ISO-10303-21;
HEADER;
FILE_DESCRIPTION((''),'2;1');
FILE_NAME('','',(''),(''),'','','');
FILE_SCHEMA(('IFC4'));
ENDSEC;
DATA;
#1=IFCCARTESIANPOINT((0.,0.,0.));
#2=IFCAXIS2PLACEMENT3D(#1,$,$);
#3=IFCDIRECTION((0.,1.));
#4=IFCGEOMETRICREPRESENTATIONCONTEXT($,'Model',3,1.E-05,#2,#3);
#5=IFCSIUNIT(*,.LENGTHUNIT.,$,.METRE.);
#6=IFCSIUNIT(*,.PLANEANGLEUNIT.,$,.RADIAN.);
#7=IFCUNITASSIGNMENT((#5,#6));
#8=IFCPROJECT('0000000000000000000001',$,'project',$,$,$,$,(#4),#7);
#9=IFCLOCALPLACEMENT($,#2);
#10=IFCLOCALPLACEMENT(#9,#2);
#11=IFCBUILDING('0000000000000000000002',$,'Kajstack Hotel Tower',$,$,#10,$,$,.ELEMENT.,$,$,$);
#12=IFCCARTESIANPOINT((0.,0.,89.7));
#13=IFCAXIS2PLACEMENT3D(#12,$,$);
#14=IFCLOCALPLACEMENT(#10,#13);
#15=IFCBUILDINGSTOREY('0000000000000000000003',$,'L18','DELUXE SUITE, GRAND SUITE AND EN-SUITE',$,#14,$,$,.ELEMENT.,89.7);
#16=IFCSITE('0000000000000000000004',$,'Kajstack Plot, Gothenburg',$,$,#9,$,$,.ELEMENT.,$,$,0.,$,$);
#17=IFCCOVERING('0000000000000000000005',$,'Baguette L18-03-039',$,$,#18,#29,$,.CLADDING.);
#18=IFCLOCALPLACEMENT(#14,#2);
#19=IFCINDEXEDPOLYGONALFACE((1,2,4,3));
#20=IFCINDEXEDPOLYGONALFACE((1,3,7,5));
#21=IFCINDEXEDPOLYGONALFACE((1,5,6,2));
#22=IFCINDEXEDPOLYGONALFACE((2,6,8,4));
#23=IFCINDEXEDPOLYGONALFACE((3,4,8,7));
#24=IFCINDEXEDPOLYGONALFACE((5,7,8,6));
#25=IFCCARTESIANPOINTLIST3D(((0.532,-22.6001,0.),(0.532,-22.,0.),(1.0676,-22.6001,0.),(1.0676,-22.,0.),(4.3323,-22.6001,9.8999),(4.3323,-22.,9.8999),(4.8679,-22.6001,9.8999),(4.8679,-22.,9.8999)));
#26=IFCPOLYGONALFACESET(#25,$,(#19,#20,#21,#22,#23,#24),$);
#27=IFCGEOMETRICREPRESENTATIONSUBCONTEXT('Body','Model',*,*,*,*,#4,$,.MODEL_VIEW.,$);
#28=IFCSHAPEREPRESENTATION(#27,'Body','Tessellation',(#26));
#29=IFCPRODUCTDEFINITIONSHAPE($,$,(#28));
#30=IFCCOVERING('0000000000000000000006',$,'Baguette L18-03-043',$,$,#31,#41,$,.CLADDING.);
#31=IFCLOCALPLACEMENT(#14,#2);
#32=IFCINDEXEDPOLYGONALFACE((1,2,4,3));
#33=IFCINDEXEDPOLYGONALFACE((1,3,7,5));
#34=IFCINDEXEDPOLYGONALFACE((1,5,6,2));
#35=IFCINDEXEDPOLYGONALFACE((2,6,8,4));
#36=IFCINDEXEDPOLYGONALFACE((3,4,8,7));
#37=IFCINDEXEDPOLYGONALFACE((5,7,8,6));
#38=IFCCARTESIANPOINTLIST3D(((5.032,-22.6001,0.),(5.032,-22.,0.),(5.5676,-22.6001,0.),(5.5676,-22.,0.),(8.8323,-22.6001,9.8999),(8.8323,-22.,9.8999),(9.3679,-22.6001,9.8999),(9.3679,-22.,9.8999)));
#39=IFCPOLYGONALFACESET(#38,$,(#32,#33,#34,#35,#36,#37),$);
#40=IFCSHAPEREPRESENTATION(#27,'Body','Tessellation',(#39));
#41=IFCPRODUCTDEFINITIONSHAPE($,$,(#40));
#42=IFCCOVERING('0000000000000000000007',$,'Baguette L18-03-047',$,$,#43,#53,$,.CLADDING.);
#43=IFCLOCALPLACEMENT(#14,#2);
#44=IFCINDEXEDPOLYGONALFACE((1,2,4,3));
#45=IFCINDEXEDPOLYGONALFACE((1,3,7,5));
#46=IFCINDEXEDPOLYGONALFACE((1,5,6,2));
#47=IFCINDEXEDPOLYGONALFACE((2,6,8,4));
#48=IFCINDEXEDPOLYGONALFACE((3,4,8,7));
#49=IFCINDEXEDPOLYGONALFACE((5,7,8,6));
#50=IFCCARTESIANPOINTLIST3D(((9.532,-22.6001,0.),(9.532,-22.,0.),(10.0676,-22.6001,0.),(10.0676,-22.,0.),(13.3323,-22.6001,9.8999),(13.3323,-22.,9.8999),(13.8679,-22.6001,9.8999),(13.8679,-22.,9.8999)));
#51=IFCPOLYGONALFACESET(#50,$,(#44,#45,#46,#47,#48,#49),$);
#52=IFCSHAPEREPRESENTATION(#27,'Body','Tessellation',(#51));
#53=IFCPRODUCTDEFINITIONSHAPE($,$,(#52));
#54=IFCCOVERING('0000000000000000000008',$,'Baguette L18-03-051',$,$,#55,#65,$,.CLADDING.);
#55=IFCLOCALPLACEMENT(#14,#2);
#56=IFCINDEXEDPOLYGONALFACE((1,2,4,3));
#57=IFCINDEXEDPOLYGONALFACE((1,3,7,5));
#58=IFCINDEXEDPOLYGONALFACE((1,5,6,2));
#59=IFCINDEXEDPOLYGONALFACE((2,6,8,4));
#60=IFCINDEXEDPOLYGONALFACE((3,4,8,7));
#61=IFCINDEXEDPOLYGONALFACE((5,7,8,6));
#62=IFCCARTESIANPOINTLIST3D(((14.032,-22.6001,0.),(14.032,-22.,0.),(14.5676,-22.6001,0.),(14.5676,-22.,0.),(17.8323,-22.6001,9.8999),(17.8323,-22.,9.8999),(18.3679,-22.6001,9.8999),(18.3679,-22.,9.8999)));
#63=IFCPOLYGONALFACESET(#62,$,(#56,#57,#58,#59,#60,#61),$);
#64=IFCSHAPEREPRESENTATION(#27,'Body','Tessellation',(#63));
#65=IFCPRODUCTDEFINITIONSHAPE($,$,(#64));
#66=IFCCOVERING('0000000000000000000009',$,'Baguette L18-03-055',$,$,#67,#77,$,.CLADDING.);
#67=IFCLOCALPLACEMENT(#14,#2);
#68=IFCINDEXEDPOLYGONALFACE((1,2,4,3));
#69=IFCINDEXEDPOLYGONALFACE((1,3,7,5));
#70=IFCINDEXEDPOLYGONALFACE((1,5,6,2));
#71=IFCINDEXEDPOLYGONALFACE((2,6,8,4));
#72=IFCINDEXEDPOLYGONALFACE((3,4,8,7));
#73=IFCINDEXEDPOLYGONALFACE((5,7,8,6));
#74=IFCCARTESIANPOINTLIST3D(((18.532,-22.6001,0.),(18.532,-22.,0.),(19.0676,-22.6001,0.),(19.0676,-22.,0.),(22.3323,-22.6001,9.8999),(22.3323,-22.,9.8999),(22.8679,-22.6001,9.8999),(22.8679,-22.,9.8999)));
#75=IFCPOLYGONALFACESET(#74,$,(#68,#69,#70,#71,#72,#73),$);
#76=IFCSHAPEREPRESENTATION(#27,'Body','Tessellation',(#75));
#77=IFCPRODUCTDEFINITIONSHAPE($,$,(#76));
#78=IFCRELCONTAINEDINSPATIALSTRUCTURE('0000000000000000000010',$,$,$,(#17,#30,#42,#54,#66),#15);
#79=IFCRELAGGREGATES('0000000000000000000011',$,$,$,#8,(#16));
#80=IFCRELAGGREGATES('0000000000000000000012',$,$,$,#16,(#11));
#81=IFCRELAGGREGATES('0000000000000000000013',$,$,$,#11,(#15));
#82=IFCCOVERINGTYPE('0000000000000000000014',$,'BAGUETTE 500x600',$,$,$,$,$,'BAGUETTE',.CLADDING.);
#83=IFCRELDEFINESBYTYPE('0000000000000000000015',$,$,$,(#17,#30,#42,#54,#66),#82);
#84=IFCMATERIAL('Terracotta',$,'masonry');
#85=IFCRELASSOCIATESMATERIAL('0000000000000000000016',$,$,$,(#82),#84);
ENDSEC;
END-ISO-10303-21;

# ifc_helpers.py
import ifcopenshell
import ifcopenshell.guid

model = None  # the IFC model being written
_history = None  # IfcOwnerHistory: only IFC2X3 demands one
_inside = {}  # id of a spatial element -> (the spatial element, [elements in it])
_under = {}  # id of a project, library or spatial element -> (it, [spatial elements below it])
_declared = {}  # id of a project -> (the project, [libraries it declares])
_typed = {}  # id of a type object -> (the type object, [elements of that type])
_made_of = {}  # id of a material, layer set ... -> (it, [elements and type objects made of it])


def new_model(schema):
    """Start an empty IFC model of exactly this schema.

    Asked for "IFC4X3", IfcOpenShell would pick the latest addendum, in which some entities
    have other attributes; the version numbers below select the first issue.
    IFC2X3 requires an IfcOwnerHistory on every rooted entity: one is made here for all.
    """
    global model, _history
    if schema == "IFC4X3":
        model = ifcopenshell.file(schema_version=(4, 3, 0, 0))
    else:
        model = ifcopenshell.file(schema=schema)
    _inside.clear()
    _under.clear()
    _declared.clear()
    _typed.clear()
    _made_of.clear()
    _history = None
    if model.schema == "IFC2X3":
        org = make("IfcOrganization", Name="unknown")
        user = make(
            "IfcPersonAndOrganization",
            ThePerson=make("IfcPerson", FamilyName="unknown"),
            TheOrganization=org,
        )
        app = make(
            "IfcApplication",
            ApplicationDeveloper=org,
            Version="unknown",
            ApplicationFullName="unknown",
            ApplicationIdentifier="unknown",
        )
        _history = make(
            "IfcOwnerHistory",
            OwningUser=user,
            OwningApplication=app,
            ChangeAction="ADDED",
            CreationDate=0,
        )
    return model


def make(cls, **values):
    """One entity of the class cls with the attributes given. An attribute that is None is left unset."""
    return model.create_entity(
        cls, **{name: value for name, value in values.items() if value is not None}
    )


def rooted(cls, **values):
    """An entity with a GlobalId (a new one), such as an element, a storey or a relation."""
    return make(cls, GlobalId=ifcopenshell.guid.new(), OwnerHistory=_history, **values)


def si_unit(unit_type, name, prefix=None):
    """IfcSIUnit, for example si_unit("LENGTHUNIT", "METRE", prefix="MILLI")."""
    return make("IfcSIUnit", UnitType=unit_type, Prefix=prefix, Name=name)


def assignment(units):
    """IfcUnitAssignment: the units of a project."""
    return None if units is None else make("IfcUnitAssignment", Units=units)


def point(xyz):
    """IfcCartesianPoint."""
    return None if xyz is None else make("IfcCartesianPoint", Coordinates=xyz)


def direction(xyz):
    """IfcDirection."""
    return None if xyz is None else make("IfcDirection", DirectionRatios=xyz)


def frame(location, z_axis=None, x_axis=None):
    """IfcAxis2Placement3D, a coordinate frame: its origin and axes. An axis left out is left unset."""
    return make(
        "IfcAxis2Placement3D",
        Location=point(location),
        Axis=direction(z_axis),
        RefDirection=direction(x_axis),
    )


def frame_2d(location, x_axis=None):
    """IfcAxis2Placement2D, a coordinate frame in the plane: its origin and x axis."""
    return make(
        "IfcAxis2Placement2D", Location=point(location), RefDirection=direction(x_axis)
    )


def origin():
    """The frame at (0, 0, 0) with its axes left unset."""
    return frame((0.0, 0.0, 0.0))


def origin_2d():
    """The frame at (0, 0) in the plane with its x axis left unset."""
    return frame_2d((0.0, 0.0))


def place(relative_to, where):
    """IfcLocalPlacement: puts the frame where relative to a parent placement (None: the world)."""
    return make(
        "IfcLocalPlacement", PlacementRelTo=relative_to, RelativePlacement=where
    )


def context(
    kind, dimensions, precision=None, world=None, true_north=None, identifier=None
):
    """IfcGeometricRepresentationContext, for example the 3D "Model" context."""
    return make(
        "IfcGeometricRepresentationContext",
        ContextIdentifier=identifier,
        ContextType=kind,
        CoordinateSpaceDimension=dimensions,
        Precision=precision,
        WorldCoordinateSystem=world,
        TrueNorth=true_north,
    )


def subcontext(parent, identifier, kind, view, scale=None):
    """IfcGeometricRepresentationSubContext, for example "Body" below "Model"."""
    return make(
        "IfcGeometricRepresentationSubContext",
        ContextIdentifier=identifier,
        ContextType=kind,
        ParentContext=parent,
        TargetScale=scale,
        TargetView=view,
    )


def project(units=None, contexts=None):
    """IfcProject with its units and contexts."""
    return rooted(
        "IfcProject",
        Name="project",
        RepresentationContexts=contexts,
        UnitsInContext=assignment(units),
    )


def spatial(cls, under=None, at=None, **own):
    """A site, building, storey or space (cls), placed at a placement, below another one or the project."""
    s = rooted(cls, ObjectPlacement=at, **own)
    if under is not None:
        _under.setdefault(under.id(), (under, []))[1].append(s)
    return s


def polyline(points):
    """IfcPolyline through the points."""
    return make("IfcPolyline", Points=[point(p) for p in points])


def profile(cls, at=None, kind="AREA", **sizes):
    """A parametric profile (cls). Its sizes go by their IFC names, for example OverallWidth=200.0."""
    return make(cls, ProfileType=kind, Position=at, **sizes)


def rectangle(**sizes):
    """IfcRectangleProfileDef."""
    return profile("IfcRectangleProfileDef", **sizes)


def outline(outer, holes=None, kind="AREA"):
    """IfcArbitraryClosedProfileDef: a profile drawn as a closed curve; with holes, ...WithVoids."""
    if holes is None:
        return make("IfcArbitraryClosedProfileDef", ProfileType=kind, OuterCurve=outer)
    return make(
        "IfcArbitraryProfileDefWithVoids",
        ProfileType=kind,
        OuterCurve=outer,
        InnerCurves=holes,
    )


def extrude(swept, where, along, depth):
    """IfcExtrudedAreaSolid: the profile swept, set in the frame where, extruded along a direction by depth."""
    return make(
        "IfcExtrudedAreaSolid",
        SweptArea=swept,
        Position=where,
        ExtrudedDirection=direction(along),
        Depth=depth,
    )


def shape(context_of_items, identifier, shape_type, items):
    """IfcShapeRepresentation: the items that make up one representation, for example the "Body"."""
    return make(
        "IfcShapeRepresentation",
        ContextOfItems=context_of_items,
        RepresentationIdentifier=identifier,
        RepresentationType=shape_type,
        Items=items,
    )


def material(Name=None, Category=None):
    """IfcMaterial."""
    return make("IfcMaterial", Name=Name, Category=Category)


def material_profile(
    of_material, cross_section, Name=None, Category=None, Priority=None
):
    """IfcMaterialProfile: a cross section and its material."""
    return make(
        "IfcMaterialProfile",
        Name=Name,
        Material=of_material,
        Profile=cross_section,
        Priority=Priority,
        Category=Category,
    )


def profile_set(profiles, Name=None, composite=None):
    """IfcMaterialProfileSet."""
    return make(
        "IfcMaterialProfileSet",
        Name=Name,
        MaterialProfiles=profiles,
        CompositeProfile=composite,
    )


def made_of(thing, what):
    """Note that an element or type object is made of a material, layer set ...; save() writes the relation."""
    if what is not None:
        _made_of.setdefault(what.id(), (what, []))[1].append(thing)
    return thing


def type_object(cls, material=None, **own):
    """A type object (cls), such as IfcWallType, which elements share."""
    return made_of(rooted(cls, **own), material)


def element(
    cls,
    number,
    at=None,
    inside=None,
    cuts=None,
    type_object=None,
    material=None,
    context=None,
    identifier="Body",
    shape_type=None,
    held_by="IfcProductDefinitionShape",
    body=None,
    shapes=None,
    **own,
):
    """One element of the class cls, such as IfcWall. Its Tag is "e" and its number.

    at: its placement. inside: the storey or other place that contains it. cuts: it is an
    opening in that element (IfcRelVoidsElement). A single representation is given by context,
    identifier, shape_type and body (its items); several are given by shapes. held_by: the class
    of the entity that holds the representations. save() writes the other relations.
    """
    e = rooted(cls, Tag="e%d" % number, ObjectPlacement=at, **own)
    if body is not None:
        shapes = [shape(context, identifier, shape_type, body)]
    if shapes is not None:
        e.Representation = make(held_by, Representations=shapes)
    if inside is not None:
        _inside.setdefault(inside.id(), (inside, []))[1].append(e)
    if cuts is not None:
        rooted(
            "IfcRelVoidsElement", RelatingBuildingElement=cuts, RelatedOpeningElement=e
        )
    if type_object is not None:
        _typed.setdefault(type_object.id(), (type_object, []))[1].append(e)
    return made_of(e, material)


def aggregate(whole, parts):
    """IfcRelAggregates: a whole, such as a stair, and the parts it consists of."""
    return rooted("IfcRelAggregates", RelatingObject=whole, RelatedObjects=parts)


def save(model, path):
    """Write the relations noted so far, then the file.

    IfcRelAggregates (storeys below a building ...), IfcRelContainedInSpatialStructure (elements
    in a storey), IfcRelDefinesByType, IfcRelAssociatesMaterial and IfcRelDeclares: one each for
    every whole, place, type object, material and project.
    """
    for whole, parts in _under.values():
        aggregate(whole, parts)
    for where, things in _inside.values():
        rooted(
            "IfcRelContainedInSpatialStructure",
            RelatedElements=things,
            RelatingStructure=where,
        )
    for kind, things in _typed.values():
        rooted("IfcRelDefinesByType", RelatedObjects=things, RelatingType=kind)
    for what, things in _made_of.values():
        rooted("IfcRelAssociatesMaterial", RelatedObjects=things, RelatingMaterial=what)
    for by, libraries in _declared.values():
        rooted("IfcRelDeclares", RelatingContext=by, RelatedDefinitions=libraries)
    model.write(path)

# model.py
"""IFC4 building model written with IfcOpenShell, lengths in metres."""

from ifc_helpers import new_model, si_unit, direction, frame, origin, origin_2d, place, context, subcontext, project, spatial, polyline, rectangle, outline, extrude, material, material_profile, profile_set, type_object, element, save


model = new_model("IFC4")

# Units and contexts
model_context = context("Model", 3, precision=1e-05, world=origin(), true_north=direction((0.0, 1.0)))
body_context = subcontext(model_context, "Body", "Model", "MODEL_VIEW")
ifc_project = project(units=[si_unit("LENGTHUNIT", "METRE"), si_unit("PLANEANGLEUNIT", "RADIAN")], contexts=[model_context])

# Site, building, storey
site_placement = place(None, origin())
site = spatial("IfcSite", under=ifc_project, at=site_placement, Name="Kajstack Plot, Gothenburg", CompositionType="ELEMENT", RefElevation=0.0)
building_placement = place(site_placement, origin())
building = spatial("IfcBuilding", under=site, at=building_placement, Name="Kajstack Hotel Tower", CompositionType="ELEMENT")
storey_placement = place(building_placement, frame((0.0, 0.0, 89.7)))
storey = spatial("IfcBuildingStorey", under=building, at=storey_placement, Name="L18", Description="DELUXE SUITE, GRAND SUITE AND EN-SUITE", CompositionType="ELEMENT", Elevation=89.7)

# Coverings
ifc_material_1 = material(Name="Terracotta", Category="masonry")
ifc_material_profile = material_profile(ifc_material_1, rectangle(XDim=0.6001, YDim=0.5, at=origin_2d()), Name="Terracotta-clad concrete baguette 500 x 600")
ifc_profile_set = profile_set([ifc_material_profile], Name="Terracotta")
covering_type = type_object("IfcCoveringType", Name="BAGUETTE 500x600", ElementType="BAGUETTE", PredefinedType="CLADDING", material=ifc_profile_set)
for number, where, z_axis, x_axis, name in (
    (1, (0.532, -22.0, 0.0), (0.0, -1.0, 0.0), (1.0, 0.0, 0.0), "Baguette L18-03-039"),
    (2, (5.032, -22.0, 0.0), (0.0, -1.0, 0.0), (1.0, 0.0, 0.0), "Baguette L18-03-043"),
    (3, (9.532, -22.0, 0.0), (0.0, -1.0, 0.0), (1.0, 0.0, 0.0), "Baguette L18-03-047"),
    (4, (14.032, -22.0, 0.0), (0.0, -1.0, 0.0), (1.0, 0.0, 0.0), "Baguette L18-03-051"),
    (5, (18.532, -22.0, 0.0), (0.0, -1.0, 0.0), (1.0, 0.0, 0.0), "Baguette L18-03-055"),
):
    element("IfcCovering", number, at=place(storey_placement, frame(where, z_axis=z_axis, x_axis=x_axis)), inside=storey, type_object=covering_type, Name=name, PredefinedType="CLADDING", context=body_context, shape_type="SweptSolid", body=[
        extrude(outline(polyline([(3.8003, 9.8999), (0.0, 0.0), (0.5356, 0.0), (4.3359, 9.8999), (3.8003, 9.8999)])), origin(), (0.0, 0.0, 1.0), 0.6001),
    ])

save(model, "model.ifc")
